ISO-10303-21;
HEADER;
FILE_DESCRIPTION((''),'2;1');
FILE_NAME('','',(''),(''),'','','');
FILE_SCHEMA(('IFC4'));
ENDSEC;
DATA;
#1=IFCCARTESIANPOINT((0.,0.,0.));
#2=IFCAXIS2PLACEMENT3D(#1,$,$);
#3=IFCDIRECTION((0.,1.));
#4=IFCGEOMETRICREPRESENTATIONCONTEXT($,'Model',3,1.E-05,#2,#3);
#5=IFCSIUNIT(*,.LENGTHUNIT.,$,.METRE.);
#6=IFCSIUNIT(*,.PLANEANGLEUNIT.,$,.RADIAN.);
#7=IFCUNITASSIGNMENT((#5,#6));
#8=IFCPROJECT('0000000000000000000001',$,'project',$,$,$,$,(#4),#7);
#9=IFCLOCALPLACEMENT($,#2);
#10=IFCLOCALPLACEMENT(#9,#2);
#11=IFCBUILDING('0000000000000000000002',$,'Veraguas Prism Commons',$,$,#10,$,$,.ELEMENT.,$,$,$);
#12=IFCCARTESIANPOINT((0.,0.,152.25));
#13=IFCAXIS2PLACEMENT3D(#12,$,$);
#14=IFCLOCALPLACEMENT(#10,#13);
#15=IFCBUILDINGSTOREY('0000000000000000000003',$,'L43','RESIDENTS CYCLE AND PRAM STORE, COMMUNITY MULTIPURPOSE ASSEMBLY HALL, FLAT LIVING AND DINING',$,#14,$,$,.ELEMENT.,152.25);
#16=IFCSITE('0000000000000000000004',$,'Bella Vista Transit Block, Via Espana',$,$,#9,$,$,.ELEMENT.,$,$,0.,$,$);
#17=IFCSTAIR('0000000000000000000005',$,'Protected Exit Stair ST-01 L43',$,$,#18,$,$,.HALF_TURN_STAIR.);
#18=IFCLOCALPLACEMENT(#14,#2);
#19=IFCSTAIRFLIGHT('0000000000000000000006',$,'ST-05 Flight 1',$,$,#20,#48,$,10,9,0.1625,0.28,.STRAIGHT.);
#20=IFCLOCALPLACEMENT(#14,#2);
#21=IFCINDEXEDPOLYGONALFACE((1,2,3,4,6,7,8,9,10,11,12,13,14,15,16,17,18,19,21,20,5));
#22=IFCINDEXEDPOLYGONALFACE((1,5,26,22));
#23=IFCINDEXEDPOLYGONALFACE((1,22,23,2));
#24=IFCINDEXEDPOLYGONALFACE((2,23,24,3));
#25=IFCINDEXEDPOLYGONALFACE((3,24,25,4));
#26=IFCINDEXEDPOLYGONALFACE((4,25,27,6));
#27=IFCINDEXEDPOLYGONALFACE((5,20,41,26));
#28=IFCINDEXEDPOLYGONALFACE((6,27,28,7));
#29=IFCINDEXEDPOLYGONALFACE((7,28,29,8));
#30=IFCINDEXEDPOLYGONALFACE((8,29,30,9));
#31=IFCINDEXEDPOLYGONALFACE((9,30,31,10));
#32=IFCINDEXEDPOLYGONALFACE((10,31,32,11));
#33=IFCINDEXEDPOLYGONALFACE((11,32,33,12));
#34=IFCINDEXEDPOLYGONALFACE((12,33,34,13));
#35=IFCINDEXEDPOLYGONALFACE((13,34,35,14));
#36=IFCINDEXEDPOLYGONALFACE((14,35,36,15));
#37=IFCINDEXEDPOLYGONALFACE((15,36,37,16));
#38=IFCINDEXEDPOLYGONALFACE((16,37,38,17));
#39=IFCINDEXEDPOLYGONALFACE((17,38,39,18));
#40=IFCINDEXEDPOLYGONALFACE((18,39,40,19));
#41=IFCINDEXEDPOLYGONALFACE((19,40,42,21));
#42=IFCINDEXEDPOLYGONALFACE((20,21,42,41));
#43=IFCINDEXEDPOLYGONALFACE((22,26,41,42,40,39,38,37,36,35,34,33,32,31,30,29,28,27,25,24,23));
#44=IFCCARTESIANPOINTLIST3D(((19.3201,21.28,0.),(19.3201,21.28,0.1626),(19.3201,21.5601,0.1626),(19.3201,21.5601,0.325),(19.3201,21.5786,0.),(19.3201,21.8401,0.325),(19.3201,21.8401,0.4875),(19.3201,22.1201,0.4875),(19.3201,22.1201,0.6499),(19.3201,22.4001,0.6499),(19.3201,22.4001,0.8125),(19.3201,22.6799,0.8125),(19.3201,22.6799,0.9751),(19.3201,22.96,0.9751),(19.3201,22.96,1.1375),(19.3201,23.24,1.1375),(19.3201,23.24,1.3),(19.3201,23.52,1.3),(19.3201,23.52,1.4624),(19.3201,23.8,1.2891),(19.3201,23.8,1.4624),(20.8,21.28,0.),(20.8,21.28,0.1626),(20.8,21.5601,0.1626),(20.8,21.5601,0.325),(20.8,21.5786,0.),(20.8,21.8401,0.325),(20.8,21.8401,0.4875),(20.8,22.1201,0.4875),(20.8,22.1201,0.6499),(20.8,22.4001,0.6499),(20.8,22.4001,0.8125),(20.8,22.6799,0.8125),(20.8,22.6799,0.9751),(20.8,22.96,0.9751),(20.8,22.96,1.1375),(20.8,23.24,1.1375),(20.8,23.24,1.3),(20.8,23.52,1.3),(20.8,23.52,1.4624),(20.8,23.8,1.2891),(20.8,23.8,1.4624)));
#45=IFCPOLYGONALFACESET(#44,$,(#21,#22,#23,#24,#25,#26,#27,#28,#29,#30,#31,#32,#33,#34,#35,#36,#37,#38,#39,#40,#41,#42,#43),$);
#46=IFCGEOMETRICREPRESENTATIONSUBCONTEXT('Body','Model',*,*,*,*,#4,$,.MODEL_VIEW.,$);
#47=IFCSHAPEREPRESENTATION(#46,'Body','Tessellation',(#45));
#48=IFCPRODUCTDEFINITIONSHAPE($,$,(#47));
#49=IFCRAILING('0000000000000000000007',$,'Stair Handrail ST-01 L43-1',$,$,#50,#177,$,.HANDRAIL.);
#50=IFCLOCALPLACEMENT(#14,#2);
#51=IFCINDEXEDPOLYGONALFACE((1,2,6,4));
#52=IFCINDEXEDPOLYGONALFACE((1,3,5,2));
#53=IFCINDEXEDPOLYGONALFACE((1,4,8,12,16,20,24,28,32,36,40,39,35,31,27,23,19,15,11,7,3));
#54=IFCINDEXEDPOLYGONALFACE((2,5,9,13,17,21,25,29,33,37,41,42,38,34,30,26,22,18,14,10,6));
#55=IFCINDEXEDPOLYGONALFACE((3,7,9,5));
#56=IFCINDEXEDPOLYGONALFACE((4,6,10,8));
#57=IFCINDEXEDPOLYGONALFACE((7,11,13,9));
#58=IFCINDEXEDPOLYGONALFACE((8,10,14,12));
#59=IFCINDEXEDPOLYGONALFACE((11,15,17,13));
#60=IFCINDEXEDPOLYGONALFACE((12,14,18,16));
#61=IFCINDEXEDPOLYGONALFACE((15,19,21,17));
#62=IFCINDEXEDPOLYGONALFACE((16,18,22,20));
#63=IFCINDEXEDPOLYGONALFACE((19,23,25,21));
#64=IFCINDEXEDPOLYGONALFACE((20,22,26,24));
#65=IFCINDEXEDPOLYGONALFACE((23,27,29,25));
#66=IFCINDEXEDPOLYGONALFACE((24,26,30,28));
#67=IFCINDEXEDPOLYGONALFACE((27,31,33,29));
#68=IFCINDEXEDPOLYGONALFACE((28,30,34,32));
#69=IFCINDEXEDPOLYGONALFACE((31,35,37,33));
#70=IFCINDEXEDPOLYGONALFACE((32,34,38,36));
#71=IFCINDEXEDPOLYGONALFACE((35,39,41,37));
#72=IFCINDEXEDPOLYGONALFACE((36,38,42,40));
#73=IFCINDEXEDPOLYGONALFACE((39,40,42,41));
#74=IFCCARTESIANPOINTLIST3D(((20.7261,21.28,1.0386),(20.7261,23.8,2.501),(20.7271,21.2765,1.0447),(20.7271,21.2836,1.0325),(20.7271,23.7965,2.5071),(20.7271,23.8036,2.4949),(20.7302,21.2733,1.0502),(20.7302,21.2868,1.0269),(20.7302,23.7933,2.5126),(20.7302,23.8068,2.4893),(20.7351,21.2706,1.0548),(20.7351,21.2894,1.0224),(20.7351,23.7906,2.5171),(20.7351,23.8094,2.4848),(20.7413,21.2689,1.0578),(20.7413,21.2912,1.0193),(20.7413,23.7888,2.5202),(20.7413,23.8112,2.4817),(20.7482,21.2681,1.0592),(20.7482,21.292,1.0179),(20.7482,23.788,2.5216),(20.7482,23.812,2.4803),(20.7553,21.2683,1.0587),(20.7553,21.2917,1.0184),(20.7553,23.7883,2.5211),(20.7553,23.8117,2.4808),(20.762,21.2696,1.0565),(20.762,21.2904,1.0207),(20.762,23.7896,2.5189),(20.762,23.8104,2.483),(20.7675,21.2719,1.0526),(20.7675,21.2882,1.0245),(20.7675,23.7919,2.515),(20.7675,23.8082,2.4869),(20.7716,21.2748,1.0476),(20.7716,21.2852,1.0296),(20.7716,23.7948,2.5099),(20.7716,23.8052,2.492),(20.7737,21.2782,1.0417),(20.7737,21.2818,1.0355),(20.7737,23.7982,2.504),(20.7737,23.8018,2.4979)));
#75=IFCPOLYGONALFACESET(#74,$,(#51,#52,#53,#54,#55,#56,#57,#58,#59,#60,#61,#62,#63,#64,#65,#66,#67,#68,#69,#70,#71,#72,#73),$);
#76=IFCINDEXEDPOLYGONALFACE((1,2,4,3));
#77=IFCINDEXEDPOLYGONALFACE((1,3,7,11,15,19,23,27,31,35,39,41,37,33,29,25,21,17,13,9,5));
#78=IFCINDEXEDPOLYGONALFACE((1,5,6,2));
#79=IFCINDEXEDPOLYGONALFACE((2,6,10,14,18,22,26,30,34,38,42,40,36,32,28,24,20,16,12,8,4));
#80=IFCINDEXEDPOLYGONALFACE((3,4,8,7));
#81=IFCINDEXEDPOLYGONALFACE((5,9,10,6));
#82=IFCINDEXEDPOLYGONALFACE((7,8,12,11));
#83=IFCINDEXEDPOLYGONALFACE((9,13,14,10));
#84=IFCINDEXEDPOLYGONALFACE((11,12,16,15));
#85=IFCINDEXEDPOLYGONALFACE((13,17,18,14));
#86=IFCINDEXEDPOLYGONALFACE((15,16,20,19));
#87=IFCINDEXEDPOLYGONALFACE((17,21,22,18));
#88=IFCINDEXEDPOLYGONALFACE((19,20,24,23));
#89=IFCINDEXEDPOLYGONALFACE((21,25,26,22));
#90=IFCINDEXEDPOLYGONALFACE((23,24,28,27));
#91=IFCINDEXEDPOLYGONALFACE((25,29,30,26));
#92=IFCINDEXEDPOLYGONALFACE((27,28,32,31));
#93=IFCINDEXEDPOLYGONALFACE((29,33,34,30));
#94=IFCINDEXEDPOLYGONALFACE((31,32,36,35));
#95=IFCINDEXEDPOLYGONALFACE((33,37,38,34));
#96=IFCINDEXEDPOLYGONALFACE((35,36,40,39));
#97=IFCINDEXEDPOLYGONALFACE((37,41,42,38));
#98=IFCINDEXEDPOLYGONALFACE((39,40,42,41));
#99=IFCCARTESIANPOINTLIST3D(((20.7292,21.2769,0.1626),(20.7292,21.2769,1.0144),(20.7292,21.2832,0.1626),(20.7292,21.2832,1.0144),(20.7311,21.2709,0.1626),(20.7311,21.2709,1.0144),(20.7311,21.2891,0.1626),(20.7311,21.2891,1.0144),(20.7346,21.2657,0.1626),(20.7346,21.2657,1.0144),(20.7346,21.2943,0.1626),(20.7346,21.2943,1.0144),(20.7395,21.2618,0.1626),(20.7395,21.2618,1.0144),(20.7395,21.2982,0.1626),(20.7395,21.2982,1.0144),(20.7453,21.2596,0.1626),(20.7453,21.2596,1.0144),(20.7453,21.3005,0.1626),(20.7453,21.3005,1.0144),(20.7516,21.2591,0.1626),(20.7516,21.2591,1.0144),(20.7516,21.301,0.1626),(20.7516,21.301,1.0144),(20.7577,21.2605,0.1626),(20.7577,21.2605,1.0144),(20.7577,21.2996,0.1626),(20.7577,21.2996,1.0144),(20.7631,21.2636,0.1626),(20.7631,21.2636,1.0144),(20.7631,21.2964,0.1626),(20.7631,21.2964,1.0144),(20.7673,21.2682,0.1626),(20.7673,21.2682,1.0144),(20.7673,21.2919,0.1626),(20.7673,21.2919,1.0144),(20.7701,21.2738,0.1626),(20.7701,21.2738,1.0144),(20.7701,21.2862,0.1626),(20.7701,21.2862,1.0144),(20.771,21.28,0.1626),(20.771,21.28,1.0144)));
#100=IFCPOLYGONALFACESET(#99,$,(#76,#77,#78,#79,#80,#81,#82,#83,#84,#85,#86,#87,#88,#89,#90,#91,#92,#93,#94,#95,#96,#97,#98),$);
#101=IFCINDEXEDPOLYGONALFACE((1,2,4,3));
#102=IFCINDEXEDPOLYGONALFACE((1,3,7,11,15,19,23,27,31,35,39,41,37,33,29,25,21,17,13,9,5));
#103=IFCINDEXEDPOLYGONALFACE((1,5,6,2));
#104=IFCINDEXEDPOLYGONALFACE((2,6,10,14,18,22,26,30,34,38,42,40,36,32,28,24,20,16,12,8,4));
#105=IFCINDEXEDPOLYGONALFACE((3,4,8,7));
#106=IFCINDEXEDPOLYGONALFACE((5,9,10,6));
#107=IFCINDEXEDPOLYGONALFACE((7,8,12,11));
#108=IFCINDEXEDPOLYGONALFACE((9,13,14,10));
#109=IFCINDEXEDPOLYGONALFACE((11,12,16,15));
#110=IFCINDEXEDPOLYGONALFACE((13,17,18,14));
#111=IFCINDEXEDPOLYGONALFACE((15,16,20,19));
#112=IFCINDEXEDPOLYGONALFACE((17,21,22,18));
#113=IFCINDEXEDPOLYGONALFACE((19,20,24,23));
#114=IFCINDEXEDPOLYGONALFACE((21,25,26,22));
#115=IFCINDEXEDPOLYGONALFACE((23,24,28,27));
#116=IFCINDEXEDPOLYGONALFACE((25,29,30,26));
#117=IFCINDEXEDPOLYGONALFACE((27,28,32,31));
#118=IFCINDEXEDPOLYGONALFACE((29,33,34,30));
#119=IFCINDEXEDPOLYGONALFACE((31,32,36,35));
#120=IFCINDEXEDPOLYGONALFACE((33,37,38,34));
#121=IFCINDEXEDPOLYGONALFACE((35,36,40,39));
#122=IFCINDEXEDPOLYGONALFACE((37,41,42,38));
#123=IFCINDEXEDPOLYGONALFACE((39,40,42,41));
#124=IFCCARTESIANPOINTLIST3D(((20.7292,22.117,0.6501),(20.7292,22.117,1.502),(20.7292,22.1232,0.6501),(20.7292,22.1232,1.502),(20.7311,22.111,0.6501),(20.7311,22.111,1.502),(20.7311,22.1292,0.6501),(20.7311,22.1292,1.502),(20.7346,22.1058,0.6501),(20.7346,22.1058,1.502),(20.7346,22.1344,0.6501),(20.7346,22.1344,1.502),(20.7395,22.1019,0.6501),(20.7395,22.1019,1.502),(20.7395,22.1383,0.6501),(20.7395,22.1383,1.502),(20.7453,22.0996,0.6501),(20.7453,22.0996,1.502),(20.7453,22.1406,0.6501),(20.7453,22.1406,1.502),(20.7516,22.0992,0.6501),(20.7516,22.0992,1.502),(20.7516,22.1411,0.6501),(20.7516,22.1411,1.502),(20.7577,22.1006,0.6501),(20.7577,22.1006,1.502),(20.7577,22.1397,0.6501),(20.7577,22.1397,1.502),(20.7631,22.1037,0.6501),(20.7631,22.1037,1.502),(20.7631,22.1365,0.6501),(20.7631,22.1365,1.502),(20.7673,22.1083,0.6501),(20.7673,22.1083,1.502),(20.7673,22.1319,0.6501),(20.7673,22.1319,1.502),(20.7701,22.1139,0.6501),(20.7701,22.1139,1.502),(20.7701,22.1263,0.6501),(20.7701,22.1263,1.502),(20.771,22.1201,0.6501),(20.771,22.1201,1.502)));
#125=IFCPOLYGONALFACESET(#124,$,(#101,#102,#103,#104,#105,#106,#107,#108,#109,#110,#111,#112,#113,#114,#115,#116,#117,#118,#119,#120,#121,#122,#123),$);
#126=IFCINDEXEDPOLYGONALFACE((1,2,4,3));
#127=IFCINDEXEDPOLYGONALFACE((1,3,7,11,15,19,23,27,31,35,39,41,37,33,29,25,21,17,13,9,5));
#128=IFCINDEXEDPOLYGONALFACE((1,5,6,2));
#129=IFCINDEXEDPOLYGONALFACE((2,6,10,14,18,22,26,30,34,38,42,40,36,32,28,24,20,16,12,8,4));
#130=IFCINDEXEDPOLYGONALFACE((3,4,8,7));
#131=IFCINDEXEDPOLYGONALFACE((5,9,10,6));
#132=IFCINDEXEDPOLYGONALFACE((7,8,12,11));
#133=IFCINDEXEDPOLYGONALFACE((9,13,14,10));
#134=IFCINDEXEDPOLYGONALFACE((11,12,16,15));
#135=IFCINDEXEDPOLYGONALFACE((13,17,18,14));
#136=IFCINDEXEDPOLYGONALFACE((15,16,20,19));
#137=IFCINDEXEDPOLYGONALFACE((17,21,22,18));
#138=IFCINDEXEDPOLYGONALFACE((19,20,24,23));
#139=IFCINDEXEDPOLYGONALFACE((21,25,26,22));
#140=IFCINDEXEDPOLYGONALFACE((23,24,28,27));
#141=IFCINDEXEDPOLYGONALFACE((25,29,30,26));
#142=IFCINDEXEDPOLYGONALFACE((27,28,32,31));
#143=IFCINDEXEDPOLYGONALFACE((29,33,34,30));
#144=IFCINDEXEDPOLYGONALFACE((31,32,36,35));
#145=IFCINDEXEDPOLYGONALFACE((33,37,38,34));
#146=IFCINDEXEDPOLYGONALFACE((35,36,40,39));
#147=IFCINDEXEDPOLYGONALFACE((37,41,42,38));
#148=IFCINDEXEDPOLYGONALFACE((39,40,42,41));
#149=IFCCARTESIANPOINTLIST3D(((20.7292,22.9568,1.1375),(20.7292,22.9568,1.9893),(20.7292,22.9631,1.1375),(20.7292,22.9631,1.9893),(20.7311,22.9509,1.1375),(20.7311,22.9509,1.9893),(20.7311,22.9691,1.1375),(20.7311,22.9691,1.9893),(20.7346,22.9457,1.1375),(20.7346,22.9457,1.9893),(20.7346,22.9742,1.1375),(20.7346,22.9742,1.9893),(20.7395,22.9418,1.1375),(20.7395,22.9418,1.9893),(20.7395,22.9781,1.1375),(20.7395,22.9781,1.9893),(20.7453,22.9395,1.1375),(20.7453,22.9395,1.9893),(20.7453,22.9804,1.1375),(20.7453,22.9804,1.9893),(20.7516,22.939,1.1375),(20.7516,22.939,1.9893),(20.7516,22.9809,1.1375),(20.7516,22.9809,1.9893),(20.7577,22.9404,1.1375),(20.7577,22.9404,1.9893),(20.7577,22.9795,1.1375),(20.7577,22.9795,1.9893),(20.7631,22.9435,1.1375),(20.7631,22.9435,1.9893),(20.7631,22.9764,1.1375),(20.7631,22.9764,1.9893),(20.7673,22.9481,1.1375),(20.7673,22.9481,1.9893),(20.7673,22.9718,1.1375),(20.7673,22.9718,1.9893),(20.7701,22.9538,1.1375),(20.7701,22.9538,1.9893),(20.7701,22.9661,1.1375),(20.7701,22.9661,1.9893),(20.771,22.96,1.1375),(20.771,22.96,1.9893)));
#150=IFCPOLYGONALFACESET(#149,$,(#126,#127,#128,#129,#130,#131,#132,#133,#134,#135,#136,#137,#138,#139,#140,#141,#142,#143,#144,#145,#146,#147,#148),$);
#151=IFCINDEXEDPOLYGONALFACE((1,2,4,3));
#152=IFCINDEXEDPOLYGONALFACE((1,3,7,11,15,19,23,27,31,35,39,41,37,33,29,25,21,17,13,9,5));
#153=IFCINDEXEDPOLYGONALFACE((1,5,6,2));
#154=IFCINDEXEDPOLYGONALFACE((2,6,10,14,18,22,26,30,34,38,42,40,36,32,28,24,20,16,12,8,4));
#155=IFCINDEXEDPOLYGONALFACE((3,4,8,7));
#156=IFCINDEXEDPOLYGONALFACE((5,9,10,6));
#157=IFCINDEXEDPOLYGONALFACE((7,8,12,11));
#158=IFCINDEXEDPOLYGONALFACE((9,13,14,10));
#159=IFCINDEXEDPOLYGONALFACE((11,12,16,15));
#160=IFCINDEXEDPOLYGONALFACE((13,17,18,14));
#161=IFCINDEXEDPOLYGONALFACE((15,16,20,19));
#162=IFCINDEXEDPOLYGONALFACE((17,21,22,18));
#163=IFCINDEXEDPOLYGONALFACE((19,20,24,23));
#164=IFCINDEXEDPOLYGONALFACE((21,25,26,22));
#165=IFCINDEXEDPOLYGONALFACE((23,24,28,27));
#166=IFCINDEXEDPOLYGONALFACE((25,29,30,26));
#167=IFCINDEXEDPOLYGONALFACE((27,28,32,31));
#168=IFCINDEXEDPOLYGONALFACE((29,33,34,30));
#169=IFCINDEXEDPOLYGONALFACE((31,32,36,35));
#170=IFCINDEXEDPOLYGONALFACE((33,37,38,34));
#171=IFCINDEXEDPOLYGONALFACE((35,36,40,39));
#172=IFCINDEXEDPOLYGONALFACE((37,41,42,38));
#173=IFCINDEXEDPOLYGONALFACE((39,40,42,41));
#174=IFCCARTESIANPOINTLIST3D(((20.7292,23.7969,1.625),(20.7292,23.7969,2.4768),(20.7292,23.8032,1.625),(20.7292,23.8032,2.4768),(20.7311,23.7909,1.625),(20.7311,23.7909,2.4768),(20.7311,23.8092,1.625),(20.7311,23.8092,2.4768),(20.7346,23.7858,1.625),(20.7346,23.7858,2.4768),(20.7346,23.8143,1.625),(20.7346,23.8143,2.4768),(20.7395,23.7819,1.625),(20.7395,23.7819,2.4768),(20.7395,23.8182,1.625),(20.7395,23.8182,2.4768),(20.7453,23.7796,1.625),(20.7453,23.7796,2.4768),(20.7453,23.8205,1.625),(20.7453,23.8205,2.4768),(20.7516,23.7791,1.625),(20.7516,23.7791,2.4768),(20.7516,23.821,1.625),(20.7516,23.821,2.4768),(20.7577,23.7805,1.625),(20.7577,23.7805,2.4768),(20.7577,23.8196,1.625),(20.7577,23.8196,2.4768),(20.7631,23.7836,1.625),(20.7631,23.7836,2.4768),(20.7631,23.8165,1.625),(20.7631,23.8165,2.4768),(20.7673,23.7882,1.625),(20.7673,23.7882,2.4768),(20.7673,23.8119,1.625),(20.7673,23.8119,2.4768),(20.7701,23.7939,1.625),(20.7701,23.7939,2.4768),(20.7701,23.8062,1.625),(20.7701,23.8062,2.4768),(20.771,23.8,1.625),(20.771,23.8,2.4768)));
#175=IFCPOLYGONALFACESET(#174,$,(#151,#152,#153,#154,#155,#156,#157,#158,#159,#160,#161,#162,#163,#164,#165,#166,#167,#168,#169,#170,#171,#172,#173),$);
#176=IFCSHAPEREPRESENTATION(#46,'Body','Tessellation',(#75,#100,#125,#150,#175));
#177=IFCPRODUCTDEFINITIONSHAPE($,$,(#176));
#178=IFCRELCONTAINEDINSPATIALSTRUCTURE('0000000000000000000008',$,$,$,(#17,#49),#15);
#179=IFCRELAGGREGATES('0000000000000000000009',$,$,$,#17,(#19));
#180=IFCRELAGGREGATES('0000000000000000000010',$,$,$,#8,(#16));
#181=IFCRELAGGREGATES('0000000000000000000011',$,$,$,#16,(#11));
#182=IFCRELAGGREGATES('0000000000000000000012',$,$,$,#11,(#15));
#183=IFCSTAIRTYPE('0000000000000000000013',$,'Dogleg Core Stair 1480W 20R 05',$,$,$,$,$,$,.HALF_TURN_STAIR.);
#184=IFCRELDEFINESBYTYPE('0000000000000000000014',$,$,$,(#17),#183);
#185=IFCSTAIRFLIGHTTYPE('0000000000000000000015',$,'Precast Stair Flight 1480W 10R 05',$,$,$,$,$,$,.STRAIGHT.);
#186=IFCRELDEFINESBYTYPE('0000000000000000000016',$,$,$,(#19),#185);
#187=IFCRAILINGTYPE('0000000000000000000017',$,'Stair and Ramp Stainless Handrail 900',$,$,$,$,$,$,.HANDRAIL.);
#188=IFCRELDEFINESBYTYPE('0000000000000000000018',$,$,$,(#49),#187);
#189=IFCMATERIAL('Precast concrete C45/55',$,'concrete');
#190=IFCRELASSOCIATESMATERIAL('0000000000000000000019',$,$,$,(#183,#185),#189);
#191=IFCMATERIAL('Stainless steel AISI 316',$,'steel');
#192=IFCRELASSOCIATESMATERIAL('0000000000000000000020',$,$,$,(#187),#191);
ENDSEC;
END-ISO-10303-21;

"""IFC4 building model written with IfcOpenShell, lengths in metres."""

from ifc_helpers import new_model, si_unit, direction, frame, origin, origin_2d, place, context, subcontext, project, spatial, polyline, circle, outline, extrude, material, type_object, element, aggregate, save


model = new_model("IFC4")

# Units and contexts
model_context = context("Model", 3, precision=1e-05, world=origin(), true_north=direction((0.0, 1.0)))
body_context = subcontext(model_context, "Body", "Model", "MODEL_VIEW")
ifc_project = project(units=[si_unit("LENGTHUNIT", "METRE"), si_unit("PLANEANGLEUNIT", "RADIAN")], contexts=[model_context])

# Site, building, storey
site_placement = place(None, origin())
site = spatial("IfcSite", under=ifc_project, at=site_placement, Name="Bella Vista Transit Block, Via Espana", CompositionType="ELEMENT", RefElevation=0.0)
building_placement = place(site_placement, origin())
building = spatial("IfcBuilding", under=site, at=building_placement, Name="Veraguas Prism Commons", CompositionType="ELEMENT")
storey_placement = place(building_placement, frame((0.0, 0.0, 152.25)))
storey = spatial("IfcBuildingStorey", under=building, at=storey_placement, Name="L43", Description="RESIDENTS CYCLE AND PRAM STORE, COMMUNITY MULTIPURPOSE ASSEMBLY HALL, FLAT LIVING AND DINING", CompositionType="ELEMENT", Elevation=152.25)

# Stair, stair flight
ifc_material_1 = material(Name="Precast concrete C45/55", Category="concrete")
stair_type = type_object("IfcStairType", Name="Dogleg Core Stair 1480W 20R 05", PredefinedType="HALF_TURN_STAIR", material=ifc_material_1)
stair_placement = place(storey_placement, origin())
stair = element("IfcStair", 1, at=stair_placement, inside=storey, type_object=stair_type, Name="Protected Exit Stair ST-01 L43", PredefinedType="HALF_TURN_STAIR")
stair_flight_type = type_object("IfcStairFlightType", Name="Precast Stair Flight 1480W 10R 05", PredefinedType="STRAIGHT", material=ifc_material_1)
stair_flight_placement = place(storey_placement, frame((20.0601, 21.28, 0.0), z_axis=(0.0, 0.0, 1.0), x_axis=(0.0, 1.0, 0.0)))
stair_flight = element("IfcStairFlight", 2, at=stair_flight_placement, type_object=stair_flight_type, Name="ST-05 Flight 1", NumberOfRisers=10, NumberOfTreads=9, PredefinedType="STRAIGHT", RiserHeight=0.1625, TreadLength=0.28, context=body_context, shape_type="SweptSolid", body=[
    extrude(outline(polyline([(0.0, 0.0), (0.0, 0.1626), (0.28, 0.1626), (0.28, 0.325), (0.5601, 0.325), (0.5601, 0.4875), (0.8401, 0.4875), (0.8401, 0.6499), (1.1201, 0.6499), (1.1201, 0.8125), (1.3999, 0.8125), (1.3999, 0.9751), (1.6799, 0.9751), (1.6799, 1.1375), (1.96, 1.1375), (1.96, 1.3), (2.24, 1.3), (2.24, 1.4624), (2.52, 1.4624), (2.52, 1.625), (2.52, 1.2891), (0.2986, 0.0), (0.0, 0.0)])), frame((0.0, 0.74, 0.0), z_axis=(0.0, -1.0, 0.0), x_axis=(1.0, 0.0, 0.0)), (0.0, 0.0, 1.0), 1.48),
])
aggregate(stair, [stair_flight])

# Railing
ifc_material_2 = material(Name="Stainless steel AISI 316", Category="steel")
railing_type_1 = type_object("IfcRailingType", Name="Stair and Ramp Stainless Handrail 900", PredefinedType="HANDRAIL", material=ifc_material_2)
railing_1_placement = place(storey_placement, frame((20.75, 21.28, 0.1626)))
element("IfcRailing", 3, at=railing_1_placement, inside=storey, type_object=railing_type_1, Name="Stair Handrail ST-01 L43-1", PredefinedType="HANDRAIL", context=body_context, shape_type="SweptSolid", body=[
    extrude(circle(Radius=0.0239, at=origin_2d()), frame((0.0, 0.0, 0.876), z_axis=(0.0, 0.864913, 0.501921), x_axis=(-1.0, 0.0, 0.0)), (0.0, 0.0, 1.0), 2.9136),
    extrude(circle(Radius=0.021, at=origin_2d()), origin(), (0.0, 0.0, 1.0), 0.8518),
    extrude(circle(Radius=0.021, at=origin_2d()), frame((0.0, 0.8401, 0.4875)), (0.0, 0.0, 1.0), 0.8518),
    extrude(circle(Radius=0.021, at=origin_2d()), frame((0.0, 1.6799, 0.9749)), (0.0, 0.0, 1.0), 0.8518),
    extrude(circle(Radius=0.021, at=origin_2d()), frame((0.0, 2.52, 1.4624)), (0.0, 0.0, 1.0), 0.8518),
])

save(model, "model.ifc")
